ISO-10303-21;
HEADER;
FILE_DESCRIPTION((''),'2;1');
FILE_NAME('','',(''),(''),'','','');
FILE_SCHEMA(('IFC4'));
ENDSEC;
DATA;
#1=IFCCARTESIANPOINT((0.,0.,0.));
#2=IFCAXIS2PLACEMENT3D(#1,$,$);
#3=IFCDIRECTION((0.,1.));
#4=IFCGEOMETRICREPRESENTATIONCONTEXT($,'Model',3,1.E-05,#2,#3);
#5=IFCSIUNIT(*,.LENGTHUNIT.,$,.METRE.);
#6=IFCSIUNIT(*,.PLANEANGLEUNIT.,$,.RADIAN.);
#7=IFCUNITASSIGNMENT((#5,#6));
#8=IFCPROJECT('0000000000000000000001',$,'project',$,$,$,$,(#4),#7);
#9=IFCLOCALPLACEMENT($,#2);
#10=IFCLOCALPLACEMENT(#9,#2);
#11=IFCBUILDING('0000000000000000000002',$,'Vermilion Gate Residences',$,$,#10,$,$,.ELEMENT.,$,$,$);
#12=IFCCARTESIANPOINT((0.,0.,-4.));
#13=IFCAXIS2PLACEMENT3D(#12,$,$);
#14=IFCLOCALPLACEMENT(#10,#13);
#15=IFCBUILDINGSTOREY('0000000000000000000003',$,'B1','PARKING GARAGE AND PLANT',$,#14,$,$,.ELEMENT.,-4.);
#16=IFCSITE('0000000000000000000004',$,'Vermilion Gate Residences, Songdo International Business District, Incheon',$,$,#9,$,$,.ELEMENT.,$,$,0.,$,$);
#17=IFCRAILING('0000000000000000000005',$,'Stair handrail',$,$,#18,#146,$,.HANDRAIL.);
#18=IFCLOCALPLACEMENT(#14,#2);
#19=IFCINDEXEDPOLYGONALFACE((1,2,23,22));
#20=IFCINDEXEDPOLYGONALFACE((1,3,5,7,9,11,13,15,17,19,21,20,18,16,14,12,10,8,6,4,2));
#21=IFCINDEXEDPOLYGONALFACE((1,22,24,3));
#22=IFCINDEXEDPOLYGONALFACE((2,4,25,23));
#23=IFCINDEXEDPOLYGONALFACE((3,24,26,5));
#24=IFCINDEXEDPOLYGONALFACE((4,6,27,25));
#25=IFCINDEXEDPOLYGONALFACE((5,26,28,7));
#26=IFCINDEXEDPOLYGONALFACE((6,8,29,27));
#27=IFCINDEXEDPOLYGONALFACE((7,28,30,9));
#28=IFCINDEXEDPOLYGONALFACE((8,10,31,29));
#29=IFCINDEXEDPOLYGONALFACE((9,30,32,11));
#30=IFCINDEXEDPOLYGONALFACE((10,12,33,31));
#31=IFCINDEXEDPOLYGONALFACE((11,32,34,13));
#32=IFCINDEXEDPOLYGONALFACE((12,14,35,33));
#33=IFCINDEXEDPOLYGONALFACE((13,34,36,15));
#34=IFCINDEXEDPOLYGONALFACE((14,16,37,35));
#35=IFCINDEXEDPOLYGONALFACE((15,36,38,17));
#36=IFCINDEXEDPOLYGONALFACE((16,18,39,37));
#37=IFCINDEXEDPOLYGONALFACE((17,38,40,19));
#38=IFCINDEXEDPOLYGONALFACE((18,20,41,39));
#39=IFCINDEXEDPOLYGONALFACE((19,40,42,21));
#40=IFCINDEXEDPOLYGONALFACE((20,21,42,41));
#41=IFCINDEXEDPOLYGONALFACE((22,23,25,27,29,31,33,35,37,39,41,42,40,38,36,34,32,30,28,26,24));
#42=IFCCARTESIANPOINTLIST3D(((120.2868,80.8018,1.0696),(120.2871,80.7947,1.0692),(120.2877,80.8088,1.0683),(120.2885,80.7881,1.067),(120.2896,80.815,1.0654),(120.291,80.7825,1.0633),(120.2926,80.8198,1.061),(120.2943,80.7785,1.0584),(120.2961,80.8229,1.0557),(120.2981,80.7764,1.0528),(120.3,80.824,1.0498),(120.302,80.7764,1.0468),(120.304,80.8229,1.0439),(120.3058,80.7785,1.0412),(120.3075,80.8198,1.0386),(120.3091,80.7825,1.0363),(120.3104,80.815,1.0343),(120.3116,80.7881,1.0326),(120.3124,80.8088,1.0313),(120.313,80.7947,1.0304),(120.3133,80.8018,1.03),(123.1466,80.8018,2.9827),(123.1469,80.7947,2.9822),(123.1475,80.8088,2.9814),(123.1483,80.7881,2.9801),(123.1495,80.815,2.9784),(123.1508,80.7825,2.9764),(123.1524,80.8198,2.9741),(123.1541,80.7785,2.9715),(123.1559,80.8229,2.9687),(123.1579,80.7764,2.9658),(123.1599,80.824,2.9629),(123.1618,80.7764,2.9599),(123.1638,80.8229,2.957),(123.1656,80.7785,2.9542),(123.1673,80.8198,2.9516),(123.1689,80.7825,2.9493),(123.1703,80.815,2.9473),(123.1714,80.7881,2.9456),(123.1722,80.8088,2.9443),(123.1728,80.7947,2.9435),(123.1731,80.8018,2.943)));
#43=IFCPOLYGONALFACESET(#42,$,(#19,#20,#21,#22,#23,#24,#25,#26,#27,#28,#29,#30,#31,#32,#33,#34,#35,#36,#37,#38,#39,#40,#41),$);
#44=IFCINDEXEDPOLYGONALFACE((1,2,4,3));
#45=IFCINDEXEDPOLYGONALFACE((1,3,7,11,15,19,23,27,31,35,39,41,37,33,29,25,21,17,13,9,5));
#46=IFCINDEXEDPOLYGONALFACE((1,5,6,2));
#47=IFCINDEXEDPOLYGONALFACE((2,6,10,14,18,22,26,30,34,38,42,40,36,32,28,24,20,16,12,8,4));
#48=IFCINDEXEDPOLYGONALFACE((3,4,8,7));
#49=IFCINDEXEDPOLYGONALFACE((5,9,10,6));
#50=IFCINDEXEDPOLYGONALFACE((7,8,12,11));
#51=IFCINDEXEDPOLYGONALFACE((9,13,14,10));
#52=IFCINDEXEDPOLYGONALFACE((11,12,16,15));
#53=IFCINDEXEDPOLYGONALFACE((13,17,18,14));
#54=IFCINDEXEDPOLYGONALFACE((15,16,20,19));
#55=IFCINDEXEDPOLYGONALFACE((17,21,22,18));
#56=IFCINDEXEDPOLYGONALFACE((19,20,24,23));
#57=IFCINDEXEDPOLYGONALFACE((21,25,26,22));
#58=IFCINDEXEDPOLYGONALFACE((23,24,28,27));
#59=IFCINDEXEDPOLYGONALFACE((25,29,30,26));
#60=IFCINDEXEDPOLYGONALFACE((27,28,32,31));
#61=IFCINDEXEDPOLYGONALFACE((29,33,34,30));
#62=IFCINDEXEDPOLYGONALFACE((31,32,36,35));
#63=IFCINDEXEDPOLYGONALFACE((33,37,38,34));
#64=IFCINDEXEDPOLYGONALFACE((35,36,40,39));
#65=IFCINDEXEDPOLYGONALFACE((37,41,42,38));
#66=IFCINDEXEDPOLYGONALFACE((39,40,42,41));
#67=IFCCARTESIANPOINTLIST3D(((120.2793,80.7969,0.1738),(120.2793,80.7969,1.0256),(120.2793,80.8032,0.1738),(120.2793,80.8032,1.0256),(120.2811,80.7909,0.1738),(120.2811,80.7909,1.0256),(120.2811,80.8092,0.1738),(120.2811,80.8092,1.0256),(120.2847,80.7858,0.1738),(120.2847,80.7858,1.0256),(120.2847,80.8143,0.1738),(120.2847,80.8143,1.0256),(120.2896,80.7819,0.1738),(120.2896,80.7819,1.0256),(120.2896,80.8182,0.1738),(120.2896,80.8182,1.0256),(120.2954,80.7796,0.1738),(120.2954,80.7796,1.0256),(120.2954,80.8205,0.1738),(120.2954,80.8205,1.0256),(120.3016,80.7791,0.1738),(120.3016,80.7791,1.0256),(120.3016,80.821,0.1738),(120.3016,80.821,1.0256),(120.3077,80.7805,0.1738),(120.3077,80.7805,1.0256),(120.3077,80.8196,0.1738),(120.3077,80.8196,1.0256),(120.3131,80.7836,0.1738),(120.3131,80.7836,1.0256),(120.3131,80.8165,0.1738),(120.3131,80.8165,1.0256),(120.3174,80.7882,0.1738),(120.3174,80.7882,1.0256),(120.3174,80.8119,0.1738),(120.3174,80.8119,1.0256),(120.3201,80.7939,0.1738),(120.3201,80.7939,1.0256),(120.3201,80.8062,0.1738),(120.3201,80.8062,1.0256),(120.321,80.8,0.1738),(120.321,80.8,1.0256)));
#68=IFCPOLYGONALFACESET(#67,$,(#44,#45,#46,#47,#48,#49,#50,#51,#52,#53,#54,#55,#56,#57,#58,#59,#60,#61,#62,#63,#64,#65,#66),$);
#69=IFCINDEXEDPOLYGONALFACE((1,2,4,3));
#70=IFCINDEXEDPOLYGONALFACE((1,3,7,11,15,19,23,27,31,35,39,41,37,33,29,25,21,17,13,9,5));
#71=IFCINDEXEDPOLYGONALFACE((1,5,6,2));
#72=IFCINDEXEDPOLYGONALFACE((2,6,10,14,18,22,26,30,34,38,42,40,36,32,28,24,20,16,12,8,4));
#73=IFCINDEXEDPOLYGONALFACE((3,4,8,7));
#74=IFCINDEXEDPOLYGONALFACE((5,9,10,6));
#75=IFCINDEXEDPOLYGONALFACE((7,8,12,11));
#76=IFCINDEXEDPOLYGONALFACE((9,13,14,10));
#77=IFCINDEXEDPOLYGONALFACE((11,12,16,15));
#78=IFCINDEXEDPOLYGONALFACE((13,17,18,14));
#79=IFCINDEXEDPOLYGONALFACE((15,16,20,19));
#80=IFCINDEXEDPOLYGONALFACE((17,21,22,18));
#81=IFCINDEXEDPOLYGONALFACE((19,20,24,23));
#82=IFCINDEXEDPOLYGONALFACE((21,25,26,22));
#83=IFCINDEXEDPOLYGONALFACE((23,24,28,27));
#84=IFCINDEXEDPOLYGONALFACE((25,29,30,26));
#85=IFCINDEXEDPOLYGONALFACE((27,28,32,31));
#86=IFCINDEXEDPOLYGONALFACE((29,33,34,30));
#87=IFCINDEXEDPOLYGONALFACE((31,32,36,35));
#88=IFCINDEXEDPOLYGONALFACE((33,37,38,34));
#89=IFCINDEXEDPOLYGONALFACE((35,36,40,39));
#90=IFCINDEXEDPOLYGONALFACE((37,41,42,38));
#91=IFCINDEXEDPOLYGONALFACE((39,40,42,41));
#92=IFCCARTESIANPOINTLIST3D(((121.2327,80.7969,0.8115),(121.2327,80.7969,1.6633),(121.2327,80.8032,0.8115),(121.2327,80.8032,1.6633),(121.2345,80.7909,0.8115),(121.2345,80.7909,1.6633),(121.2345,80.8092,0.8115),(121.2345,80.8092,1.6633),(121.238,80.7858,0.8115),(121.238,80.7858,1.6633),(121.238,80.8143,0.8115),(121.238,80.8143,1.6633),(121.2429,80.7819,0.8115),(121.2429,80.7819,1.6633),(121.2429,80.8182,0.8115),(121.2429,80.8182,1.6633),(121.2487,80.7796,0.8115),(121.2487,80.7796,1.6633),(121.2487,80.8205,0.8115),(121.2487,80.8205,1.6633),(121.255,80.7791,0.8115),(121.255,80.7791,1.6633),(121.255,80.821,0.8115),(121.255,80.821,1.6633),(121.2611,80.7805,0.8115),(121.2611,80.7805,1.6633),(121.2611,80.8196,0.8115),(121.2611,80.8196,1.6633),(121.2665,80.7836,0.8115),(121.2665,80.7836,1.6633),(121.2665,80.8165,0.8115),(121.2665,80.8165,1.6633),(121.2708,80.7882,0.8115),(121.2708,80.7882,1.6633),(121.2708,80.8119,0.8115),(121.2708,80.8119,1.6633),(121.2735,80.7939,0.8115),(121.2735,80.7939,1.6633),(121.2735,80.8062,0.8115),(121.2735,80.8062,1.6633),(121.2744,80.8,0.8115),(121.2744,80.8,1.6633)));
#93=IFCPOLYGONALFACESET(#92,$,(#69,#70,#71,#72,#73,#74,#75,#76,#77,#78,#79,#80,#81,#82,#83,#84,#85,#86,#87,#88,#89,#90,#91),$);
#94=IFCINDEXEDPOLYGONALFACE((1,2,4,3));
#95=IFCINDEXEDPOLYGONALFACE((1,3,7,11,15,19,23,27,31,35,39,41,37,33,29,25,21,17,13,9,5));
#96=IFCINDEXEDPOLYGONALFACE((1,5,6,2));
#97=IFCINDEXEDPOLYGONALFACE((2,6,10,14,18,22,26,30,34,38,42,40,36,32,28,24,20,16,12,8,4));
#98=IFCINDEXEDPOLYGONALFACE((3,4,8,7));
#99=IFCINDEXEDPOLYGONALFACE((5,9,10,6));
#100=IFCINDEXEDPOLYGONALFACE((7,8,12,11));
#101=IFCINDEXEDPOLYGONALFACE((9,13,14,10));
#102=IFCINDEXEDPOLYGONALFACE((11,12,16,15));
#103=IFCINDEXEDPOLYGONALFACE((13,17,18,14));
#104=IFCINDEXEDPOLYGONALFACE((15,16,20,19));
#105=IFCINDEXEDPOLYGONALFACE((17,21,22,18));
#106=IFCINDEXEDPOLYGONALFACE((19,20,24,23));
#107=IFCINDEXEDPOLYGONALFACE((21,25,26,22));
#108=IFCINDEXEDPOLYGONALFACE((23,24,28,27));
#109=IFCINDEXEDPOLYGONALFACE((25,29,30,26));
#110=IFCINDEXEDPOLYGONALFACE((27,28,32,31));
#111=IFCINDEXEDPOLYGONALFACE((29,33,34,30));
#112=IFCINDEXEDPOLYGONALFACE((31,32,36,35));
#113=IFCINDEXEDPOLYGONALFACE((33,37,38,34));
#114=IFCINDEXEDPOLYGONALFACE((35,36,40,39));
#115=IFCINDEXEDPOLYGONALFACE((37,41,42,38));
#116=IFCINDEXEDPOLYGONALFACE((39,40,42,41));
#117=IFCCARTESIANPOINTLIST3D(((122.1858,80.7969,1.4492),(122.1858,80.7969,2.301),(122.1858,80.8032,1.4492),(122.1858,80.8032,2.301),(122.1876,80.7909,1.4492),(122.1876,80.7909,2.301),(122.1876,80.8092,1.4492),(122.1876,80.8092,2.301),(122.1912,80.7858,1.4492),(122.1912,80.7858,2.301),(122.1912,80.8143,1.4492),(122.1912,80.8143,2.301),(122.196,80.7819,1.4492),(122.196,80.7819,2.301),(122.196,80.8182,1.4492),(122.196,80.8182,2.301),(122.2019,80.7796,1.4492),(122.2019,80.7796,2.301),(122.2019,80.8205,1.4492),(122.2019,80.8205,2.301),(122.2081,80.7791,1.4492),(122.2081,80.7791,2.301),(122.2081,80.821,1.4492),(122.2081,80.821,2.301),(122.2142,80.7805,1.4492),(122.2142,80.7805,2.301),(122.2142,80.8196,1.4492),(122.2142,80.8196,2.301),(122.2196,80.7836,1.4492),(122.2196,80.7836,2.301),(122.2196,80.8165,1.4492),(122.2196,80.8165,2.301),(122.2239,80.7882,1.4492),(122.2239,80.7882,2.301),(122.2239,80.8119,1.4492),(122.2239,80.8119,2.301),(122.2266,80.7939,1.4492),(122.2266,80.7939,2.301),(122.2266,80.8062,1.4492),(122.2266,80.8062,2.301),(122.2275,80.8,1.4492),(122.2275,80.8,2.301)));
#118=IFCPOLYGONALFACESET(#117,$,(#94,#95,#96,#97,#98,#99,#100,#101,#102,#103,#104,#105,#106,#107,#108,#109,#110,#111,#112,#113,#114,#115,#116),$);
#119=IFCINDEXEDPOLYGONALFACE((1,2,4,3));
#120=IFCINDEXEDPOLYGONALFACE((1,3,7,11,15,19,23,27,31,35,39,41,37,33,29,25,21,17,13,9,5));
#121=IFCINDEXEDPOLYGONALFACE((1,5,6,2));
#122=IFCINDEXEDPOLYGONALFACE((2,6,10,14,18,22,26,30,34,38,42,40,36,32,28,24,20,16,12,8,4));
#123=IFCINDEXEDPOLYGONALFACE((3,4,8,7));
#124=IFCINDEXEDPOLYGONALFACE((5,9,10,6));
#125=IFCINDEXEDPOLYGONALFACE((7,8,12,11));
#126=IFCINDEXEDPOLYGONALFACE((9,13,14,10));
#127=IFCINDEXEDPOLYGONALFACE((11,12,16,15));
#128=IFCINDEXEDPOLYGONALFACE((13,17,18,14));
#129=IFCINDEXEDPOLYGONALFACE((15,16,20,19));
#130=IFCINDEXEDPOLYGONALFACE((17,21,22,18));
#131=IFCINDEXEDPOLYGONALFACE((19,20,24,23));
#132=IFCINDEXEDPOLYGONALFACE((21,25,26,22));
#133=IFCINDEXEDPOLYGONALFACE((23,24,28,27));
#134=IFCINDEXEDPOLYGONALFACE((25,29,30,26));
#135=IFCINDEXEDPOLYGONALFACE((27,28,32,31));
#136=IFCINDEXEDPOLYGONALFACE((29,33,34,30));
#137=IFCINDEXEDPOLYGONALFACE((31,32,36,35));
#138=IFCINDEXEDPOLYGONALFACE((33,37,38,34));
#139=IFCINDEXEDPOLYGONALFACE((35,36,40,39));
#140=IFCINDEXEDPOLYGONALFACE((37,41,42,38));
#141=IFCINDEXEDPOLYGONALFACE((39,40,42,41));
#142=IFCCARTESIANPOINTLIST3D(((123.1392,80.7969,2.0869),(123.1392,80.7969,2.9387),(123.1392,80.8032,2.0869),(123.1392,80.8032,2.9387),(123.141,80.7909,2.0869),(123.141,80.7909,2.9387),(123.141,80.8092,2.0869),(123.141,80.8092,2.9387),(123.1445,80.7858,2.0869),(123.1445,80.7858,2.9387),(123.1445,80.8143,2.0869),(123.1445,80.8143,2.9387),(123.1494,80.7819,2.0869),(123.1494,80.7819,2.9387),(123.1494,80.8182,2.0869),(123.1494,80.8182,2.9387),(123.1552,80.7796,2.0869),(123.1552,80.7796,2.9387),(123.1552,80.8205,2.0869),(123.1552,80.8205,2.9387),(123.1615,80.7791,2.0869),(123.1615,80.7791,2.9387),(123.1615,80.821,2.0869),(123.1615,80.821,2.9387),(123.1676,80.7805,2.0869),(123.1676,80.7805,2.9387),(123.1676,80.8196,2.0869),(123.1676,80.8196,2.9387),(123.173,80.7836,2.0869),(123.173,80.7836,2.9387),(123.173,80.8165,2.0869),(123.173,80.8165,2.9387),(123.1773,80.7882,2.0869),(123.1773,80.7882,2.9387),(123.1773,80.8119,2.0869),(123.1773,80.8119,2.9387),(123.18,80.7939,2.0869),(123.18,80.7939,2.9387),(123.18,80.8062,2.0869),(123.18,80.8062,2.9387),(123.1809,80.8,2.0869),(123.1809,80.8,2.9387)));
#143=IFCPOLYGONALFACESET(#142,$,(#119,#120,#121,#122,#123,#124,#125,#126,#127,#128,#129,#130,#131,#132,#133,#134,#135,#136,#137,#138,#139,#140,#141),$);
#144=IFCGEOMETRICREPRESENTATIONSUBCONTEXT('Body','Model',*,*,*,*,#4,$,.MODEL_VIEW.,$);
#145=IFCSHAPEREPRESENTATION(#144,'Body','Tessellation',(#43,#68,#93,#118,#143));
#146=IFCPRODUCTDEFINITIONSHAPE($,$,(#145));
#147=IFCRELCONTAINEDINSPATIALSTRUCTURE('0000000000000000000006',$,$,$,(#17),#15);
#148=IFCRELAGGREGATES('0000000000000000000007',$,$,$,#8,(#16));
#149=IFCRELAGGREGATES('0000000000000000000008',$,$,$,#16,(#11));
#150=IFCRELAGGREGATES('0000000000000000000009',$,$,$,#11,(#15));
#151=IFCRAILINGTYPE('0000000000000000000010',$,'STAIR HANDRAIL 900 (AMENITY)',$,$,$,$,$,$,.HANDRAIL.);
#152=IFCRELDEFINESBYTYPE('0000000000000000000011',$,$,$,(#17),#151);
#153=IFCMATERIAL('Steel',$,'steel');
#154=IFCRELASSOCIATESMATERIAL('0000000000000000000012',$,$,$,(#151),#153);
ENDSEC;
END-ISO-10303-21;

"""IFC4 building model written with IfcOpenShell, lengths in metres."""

from ifc_helpers import new_model, si_unit, direction, frame, origin, origin_2d, place, context, subcontext, project, spatial, circle, extrude, material, type_object, element, save


model = new_model("IFC4")

# Units and contexts
model_context = context("Model", 3, precision=1e-05, world=origin(), true_north=direction((0.0, 1.0)))
body_context = subcontext(model_context, "Body", "Model", "MODEL_VIEW")
ifc_project = project(units=[si_unit("LENGTHUNIT", "METRE"), si_unit("PLANEANGLEUNIT", "RADIAN")], contexts=[model_context])

# Site, building, storey
site_placement = place(None, origin())
site = spatial("IfcSite", under=ifc_project, at=site_placement, Name="Vermilion Gate Residences, Songdo International Business District, Incheon", CompositionType="ELEMENT", RefElevation=0.0)
building_placement = place(site_placement, origin())
building = spatial("IfcBuilding", under=site, at=building_placement, Name="Vermilion Gate Residences", CompositionType="ELEMENT")
storey_placement = place(building_placement, frame((0.0, 0.0, -4.0)))
storey = spatial("IfcBuildingStorey", under=building, at=storey_placement, Name="B1", Description="PARKING GARAGE AND PLANT", CompositionType="ELEMENT", Elevation=-4.0)

# Railing
ifc_material_1 = material(Name="Steel", Category="steel")
railing_type = type_object("IfcRailingType", Name="STAIR HANDRAIL 900 (AMENITY)", PredefinedType="HANDRAIL", material=ifc_material_1)
railing_1_placement = place(storey_placement, frame((120.3, 80.8, 0.1738)))
element("IfcRailing", 1, at=railing_1_placement, inside=storey, type_object=railing_type, Name="Stair handrail", PredefinedType="HANDRAIL", context=body_context, shape_type="SweptSolid", body=[
    extrude(circle(Radius=0.0239, at=origin_2d()), frame((0.0, 0.0, 0.876), z_axis=(0.831176, 0.0, 0.556009), x_axis=(0.0, 1.0, 0.0)), (0.0, 0.0, 1.0), 3.4407),
    extrude(circle(Radius=0.021, at=origin_2d()), origin(), (0.0, 0.0, 1.0), 0.8518),
    extrude(circle(Radius=0.021, at=origin_2d()), frame((0.9534, 0.0, 0.6377)), (0.0, 0.0, 1.0), 0.8518),
    extrude(circle(Radius=0.021, at=origin_2d()), frame((1.9065, 0.0, 1.2754)), (0.0, 0.0, 1.0), 0.8518),
    extrude(circle(Radius=0.021, at=origin_2d()), frame((2.8599, 0.0, 1.9131)), (0.0, 0.0, 1.0), 0.8518),
])

save(model, "model.ifc")
